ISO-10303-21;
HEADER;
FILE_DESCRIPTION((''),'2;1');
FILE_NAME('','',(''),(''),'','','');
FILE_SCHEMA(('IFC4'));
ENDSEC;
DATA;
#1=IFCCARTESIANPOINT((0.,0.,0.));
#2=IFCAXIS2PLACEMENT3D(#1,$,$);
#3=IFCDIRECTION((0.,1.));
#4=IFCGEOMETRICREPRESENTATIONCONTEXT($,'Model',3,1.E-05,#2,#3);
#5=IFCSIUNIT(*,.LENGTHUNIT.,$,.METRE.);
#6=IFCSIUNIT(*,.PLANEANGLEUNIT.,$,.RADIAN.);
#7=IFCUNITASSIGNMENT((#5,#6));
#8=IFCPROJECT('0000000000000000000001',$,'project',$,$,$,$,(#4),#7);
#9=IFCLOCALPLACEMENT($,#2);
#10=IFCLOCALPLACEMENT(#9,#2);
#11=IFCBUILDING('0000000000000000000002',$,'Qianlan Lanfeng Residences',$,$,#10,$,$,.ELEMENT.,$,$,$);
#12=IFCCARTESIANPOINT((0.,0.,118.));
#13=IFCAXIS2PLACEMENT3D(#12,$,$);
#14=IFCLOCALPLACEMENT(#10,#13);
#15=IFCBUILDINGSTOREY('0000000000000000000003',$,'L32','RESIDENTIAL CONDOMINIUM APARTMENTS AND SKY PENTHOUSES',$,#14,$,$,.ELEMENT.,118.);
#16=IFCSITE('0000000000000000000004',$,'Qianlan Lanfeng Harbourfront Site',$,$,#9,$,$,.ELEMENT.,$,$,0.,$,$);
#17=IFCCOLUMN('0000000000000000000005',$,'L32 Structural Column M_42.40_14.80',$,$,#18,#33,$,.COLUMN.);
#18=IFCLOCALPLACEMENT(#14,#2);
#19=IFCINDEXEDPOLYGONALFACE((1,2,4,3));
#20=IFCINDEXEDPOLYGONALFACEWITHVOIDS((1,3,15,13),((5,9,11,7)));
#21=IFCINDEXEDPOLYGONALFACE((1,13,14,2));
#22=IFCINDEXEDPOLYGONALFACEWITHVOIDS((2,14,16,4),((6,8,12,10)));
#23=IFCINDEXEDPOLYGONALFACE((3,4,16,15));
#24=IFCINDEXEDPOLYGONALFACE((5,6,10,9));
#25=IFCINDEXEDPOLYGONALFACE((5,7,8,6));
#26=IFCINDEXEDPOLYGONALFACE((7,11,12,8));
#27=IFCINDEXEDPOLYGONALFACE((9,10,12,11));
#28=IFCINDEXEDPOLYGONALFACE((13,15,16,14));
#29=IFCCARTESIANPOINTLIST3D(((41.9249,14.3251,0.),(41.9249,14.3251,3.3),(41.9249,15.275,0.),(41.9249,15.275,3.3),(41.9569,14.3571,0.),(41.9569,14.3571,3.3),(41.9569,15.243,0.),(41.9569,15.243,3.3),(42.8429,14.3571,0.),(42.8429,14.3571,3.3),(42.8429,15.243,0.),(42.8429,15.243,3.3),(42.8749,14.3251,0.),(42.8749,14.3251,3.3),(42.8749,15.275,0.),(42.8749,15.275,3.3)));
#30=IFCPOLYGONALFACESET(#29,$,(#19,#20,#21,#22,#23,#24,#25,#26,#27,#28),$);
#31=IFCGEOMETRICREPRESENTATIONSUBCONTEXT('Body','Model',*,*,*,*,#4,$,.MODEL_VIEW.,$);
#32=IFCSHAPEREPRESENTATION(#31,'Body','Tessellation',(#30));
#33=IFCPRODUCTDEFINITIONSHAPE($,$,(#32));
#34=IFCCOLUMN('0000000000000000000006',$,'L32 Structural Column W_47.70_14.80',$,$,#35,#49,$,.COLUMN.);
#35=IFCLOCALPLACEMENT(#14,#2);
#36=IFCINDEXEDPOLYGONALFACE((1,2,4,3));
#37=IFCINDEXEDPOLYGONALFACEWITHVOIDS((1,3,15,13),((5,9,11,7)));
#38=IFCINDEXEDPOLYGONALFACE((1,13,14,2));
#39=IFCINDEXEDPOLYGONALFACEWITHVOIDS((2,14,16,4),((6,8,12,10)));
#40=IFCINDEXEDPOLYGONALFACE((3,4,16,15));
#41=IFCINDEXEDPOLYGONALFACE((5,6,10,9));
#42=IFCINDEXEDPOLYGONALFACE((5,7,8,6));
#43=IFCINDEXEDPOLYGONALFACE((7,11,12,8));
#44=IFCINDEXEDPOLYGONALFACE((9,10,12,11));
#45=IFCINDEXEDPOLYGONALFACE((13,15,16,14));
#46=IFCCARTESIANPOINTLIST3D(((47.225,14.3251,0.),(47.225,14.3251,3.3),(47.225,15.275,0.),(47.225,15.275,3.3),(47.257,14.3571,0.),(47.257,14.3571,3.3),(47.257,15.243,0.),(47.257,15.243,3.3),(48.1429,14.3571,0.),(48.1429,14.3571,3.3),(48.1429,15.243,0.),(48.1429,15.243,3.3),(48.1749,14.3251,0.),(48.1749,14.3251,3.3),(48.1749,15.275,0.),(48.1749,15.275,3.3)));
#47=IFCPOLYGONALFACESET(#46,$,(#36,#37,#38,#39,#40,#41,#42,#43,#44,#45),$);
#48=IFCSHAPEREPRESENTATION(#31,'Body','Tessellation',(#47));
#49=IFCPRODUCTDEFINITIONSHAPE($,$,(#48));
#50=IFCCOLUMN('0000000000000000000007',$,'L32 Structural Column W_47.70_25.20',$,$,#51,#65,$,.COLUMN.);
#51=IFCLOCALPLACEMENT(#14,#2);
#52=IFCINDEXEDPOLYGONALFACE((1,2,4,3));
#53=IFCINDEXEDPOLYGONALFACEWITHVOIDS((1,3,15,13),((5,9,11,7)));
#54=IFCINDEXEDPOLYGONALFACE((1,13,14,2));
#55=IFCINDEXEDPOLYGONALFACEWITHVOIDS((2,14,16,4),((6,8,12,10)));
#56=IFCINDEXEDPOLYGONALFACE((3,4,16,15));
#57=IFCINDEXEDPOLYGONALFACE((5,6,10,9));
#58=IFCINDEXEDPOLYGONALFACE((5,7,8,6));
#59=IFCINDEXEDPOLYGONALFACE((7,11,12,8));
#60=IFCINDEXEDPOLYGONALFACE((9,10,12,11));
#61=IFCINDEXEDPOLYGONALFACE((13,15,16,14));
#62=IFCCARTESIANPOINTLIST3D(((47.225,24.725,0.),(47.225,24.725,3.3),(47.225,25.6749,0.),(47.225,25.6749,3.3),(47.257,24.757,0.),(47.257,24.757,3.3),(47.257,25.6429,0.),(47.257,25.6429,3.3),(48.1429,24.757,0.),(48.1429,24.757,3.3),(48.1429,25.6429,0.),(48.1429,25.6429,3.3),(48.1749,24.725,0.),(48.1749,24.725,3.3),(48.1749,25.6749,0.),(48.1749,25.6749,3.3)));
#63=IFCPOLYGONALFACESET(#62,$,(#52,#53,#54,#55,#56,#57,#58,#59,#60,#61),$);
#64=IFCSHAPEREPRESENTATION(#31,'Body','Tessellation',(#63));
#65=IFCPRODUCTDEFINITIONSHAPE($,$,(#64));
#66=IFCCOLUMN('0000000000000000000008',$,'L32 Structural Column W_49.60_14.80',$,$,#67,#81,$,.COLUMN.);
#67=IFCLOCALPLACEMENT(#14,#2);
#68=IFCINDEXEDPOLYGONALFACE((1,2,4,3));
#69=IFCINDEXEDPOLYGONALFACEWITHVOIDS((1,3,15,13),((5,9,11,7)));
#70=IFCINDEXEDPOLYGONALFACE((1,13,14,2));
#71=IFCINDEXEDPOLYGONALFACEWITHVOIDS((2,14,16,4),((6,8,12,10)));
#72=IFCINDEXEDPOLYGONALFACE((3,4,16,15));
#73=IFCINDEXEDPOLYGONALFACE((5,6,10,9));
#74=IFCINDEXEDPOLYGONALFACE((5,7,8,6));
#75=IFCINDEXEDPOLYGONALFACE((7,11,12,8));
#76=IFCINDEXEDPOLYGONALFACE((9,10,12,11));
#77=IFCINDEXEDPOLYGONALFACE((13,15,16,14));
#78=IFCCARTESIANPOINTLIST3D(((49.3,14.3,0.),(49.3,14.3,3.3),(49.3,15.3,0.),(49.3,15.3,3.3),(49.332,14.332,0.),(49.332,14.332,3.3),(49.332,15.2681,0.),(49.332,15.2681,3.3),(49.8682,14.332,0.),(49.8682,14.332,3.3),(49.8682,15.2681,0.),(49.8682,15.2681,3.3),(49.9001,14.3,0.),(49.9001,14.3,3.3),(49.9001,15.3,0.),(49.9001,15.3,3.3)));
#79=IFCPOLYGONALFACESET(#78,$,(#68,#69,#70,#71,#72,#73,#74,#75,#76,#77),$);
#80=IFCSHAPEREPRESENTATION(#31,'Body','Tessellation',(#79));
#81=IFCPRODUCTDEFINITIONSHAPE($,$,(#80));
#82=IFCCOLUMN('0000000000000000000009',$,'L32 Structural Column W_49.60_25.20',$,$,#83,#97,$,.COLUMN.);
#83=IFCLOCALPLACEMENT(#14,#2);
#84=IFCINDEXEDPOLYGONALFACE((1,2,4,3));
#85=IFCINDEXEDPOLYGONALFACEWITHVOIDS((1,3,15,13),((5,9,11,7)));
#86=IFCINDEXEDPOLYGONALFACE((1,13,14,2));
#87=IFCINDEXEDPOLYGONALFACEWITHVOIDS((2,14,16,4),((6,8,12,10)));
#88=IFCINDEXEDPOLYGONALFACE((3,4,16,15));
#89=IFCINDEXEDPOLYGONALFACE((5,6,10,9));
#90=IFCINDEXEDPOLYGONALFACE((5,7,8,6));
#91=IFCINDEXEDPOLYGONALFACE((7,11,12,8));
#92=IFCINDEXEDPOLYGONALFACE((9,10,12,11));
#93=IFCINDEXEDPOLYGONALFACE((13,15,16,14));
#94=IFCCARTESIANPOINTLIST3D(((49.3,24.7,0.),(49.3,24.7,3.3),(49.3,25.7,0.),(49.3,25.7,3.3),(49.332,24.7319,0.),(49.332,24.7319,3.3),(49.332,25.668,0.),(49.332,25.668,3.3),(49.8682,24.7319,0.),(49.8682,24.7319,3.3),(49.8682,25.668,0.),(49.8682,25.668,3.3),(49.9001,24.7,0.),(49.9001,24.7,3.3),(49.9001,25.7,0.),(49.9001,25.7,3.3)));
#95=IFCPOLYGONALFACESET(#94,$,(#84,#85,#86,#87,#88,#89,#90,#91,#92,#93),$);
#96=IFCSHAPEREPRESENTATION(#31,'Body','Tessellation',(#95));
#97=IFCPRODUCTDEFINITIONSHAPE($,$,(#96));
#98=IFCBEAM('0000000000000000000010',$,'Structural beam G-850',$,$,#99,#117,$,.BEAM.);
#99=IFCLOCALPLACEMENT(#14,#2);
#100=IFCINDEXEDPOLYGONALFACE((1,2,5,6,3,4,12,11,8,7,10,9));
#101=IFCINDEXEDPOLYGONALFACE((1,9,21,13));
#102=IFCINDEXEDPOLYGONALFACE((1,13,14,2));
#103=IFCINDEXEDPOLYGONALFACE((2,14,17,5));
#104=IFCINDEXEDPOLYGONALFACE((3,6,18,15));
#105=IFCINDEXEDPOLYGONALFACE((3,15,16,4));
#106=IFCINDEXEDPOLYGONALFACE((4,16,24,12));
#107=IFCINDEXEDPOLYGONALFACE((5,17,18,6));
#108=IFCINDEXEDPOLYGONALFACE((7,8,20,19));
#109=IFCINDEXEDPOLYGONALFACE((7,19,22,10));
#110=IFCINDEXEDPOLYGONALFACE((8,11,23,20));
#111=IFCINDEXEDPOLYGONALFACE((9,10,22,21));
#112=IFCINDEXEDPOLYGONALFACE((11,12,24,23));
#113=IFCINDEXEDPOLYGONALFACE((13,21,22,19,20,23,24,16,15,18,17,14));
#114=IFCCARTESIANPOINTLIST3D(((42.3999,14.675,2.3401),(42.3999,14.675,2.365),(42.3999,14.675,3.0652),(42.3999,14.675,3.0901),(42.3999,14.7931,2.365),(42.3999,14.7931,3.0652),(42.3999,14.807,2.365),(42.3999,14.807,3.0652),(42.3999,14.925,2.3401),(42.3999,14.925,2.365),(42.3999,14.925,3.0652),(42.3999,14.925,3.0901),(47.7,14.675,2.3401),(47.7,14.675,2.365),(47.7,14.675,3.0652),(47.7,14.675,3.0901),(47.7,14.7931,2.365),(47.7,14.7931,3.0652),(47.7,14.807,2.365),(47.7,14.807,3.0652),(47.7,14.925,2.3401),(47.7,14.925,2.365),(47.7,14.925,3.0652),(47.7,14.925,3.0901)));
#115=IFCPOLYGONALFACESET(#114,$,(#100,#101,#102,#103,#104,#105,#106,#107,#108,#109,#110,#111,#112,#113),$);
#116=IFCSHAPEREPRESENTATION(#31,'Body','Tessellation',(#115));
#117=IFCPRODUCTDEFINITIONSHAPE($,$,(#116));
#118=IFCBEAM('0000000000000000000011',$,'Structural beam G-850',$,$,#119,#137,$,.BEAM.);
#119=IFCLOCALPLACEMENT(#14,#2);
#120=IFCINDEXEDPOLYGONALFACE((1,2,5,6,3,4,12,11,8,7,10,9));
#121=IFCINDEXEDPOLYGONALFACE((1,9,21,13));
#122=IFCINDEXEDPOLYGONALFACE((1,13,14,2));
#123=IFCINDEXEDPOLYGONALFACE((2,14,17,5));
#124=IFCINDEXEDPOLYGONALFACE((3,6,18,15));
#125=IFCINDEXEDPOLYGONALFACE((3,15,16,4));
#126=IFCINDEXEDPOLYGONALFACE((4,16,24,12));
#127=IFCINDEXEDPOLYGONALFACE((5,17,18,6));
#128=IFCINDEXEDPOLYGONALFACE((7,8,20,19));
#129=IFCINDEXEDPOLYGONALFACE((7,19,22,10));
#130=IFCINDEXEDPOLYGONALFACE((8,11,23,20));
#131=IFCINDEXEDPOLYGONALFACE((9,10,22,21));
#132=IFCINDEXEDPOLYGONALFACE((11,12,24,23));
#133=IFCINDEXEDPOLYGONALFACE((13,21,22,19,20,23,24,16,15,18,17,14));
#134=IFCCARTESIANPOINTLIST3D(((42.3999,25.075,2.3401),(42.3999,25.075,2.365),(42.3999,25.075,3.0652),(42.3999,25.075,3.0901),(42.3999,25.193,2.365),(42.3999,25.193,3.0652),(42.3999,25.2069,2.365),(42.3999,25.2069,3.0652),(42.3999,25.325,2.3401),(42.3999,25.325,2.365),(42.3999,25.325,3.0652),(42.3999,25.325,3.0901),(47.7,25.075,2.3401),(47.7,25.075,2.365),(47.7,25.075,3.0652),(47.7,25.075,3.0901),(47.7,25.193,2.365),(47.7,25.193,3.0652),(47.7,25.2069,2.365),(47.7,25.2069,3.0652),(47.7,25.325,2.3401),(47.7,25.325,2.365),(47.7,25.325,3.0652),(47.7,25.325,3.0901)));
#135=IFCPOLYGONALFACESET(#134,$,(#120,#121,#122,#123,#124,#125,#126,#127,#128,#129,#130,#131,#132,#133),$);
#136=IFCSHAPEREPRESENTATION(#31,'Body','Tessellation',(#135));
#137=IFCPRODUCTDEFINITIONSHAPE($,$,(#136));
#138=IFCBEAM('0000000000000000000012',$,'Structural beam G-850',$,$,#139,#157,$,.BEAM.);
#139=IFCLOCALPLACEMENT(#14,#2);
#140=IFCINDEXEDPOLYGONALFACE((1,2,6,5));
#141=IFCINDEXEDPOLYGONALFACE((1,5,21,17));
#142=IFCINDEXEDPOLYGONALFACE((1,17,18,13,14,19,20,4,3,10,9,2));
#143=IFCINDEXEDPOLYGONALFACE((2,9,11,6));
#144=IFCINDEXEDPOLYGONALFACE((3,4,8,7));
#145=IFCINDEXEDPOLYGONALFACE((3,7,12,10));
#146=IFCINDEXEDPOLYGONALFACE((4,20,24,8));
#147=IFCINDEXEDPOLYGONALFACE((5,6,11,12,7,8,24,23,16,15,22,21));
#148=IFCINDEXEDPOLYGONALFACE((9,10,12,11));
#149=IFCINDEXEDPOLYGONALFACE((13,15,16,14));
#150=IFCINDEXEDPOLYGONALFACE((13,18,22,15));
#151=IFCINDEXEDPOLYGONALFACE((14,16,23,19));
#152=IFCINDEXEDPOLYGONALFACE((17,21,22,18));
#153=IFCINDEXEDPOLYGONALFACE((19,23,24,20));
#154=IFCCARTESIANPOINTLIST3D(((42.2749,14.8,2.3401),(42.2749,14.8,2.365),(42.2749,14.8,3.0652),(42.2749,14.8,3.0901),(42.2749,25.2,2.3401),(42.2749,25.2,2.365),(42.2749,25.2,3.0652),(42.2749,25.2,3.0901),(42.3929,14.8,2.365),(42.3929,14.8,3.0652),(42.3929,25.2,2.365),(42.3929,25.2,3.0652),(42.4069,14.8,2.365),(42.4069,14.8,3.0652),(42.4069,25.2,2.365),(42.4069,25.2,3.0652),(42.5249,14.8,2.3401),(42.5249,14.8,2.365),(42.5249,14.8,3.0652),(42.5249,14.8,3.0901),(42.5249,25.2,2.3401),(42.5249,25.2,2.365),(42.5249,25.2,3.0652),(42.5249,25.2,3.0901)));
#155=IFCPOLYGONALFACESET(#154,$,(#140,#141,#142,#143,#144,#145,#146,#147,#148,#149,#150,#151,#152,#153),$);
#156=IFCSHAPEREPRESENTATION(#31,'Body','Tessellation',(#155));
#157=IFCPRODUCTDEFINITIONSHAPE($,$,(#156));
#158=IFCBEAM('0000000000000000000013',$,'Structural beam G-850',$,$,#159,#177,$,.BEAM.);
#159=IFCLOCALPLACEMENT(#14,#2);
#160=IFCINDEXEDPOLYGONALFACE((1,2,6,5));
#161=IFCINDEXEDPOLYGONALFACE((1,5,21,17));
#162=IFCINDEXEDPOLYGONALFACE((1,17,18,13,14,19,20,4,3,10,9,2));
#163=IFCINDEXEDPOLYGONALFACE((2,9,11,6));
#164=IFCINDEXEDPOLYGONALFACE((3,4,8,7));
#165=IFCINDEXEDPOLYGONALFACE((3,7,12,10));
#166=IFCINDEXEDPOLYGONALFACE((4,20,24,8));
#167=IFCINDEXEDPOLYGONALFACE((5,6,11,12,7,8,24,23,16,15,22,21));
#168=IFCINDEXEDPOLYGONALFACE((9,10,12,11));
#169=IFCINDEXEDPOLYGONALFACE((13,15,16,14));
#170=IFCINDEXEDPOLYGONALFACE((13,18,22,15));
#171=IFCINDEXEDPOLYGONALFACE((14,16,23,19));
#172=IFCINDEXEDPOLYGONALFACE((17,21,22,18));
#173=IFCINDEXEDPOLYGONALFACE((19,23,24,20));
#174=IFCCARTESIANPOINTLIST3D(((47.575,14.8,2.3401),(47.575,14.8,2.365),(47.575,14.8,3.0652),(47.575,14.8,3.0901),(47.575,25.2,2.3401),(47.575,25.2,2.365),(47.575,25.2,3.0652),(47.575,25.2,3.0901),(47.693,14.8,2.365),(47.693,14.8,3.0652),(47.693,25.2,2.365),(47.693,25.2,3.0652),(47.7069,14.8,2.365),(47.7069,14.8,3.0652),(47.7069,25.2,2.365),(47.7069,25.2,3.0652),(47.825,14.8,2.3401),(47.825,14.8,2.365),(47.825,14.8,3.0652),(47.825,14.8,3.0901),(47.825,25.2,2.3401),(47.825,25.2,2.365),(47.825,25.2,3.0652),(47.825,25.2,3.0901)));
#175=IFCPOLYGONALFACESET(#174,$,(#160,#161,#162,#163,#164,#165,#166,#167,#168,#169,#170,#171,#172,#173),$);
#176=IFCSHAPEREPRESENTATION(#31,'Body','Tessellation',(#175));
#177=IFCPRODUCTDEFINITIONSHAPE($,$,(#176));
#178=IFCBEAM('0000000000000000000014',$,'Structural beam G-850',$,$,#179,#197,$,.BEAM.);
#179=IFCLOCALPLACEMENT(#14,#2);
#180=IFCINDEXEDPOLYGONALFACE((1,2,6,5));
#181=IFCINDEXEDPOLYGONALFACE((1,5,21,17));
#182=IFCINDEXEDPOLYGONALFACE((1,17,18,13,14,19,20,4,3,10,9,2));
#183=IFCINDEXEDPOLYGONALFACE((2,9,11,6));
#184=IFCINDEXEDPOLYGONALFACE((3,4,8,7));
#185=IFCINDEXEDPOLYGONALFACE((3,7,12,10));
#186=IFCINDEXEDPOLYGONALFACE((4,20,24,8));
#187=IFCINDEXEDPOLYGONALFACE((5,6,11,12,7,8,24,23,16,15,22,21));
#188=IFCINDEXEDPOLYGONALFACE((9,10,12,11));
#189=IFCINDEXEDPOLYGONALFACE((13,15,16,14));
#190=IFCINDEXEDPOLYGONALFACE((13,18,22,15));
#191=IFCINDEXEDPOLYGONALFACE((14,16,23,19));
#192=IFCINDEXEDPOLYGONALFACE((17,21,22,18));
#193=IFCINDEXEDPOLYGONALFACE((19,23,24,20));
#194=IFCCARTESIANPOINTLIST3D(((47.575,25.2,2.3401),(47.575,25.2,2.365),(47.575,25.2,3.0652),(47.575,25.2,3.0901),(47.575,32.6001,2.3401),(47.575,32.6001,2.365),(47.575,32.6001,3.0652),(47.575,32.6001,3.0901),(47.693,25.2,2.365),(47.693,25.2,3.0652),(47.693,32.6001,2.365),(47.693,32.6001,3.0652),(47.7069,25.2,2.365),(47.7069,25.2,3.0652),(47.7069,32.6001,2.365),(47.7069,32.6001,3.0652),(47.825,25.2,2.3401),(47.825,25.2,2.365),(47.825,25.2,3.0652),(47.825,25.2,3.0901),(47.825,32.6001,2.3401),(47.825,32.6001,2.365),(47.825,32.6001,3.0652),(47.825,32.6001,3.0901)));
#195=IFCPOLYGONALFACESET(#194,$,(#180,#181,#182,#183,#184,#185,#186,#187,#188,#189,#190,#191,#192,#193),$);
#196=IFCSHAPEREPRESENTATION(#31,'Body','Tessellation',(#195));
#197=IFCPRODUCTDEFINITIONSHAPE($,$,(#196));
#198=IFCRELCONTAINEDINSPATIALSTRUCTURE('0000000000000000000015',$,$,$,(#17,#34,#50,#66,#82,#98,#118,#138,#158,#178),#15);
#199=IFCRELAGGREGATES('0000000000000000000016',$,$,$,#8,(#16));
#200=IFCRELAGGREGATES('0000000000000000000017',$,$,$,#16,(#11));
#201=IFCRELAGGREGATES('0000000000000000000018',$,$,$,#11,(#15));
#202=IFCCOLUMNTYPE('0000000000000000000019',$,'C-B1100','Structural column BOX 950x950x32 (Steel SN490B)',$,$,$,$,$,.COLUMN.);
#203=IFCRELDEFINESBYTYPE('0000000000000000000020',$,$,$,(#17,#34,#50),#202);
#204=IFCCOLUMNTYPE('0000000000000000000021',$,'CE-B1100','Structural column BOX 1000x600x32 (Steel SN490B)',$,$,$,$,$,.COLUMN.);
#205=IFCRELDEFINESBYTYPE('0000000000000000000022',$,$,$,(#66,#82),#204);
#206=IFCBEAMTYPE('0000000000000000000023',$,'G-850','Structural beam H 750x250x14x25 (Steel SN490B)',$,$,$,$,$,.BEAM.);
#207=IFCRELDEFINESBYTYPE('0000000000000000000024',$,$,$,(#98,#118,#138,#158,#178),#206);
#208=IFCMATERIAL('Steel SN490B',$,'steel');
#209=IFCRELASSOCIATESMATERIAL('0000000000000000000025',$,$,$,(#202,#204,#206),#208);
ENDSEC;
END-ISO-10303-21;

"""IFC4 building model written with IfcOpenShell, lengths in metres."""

from ifc_helpers import new_model, si_unit, direction, frame, origin, origin_2d, place, context, subcontext, project, spatial, hollow_rectangle, i_section, extrude, material, material_profile, profile_set, type_object, element, save


model = new_model("IFC4")

# Units and contexts
model_context = context("Model", 3, precision=1e-05, world=origin(), true_north=direction((0.0, 1.0)))
body_context = subcontext(model_context, "Body", "Model", "MODEL_VIEW")
ifc_project = project(units=[si_unit("LENGTHUNIT", "METRE"), si_unit("PLANEANGLEUNIT", "RADIAN")], contexts=[model_context])

# Site, building, storey
site_placement = place(None, origin())
site = spatial("IfcSite", under=ifc_project, at=site_placement, Name="Qianlan Lanfeng Harbourfront Site", CompositionType="ELEMENT", RefElevation=0.0)
building_placement = place(site_placement, origin())
building = spatial("IfcBuilding", under=site, at=building_placement, Name="Qianlan Lanfeng Residences", CompositionType="ELEMENT")
storey_placement = place(building_placement, frame((0.0, 0.0, 118.0)))
storey = spatial("IfcBuildingStorey", under=building, at=storey_placement, Name="L32", Description="RESIDENTIAL CONDOMINIUM APARTMENTS AND SKY PENTHOUSES", CompositionType="ELEMENT", Elevation=118.0)

# Columns
ifc_material_1 = material(Name="Steel SN490B", Category="steel")
ifc_material_profile_1 = material_profile(ifc_material_1, hollow_rectangle(XDim=0.95, YDim=0.95, WallThickness=0.032, at=origin_2d()), Name="BOX 950x950x32")
ifc_profile_set_1 = profile_set([ifc_material_profile_1], Name="Steel SN490B")
column_type_1 = type_object("IfcColumnType", Name="C-B1100", Description="Structural column BOX 950x950x32 (Steel SN490B)", PredefinedType="COLUMN", material=ifc_profile_set_1)
for number, where, z_axis, x_axis, name in (
    (1, (42.3999, 14.8, 0.0), (0.0, 0.0, 1.0), (1.0, 0.0, 0.0), "L32 Structural Column M_42.40_14.80"),
    (2, (47.7, 14.8, 0.0), (0.0, 0.0, 1.0), (1.0, 0.0, 0.0), "L32 Structural Column W_47.70_14.80"),
    (3, (47.7, 25.2, 0.0), (0.0, 0.0, 1.0), (1.0, 0.0, 0.0), "L32 Structural Column W_47.70_25.20"),
):
    element("IfcColumn", number, at=place(storey_placement, frame(where, z_axis=z_axis, x_axis=x_axis)), inside=storey, type_object=column_type_1, Name=name, PredefinedType="COLUMN", context=body_context, shape_type="SweptSolid", body=[
        extrude(hollow_rectangle(XDim=0.95, YDim=0.95, WallThickness=0.032, at=origin_2d()), origin(), (0.0, 0.0, 1.0), 3.3),
    ])
ifc_material_profile_2 = material_profile(ifc_material_1, hollow_rectangle(XDim=0.6001, YDim=1.0, WallThickness=0.032, at=origin_2d()), Name="BOX 1000x600x32")
ifc_profile_set_2 = profile_set([ifc_material_profile_2], Name="Steel SN490B")
column_type_2 = type_object("IfcColumnType", Name="CE-B1100", Description="Structural column BOX 1000x600x32 (Steel SN490B)", PredefinedType="COLUMN", material=ifc_profile_set_2)
for number, where, z_axis, x_axis, name in (
    (4, (49.6001, 14.8, 0.0), (0.0, 0.0, 1.0), (1.0, 0.0, 0.0), "L32 Structural Column W_49.60_14.80"),
    (5, (49.6001, 25.2, 0.0), (0.0, 0.0, 1.0), (1.0, 0.0, 0.0), "L32 Structural Column W_49.60_25.20"),
):
    element("IfcColumn", number, at=place(storey_placement, frame(where, z_axis=z_axis, x_axis=x_axis)), inside=storey, type_object=column_type_2, Name=name, PredefinedType="COLUMN", context=body_context, shape_type="SweptSolid", body=[
        extrude(hollow_rectangle(XDim=0.6001, YDim=1.0, WallThickness=0.032, at=origin_2d()), origin(), (0.0, 0.0, 1.0), 3.3),
    ])

# Beams
ifc_material_profile_3 = material_profile(ifc_material_1, i_section(OverallWidth=0.25, OverallDepth=0.75, WebThickness=0.0139, FlangeThickness=0.0249, at=origin_2d()), Name="H 750x250x14x25")
ifc_profile_set_3 = profile_set([ifc_material_profile_3], Name="Steel SN490B")
beam_type_1 = type_object("IfcBeamType", Name="G-850", Description="Structural beam H 750x250x14x25 (Steel SN490B)", PredefinedType="BEAM", material=ifc_profile_set_3)
for number, where, z_axis, x_axis, name in (
    (6, (42.3999, 14.8, 2.7151), (1.0, 0.0, 0.0), (0.0, 1.0, 0.0), "Structural beam G-850"),
    (7, (42.3999, 25.2, 2.7151), (1.0, 0.0, 0.0), (0.0, 1.0, 0.0), "Structural beam G-850"),
):
    element("IfcBeam", number, at=place(storey_placement, frame(where, z_axis=z_axis, x_axis=x_axis)), inside=storey, type_object=beam_type_1, Name=name, PredefinedType="BEAM", context=body_context, shape_type="SweptSolid", body=[
        extrude(i_section(OverallWidth=0.25, OverallDepth=0.75, WebThickness=0.0139, FlangeThickness=0.0249, at=origin_2d()), origin(), (0.0, 0.0, 1.0), 5.3),
    ])
for number, where, z_axis, x_axis, name in (
    (8, (42.3999, 14.8, 2.7151), (0.0, 1.0, 0.0), (-1.0, 0.0, 0.0), "Structural beam G-850"),
    (9, (47.7, 14.8, 2.7151), (0.0, 1.0, 0.0), (-1.0, 0.0, 0.0), "Structural beam G-850"),
):
    element("IfcBeam", number, at=place(storey_placement, frame(where, z_axis=z_axis, x_axis=x_axis)), inside=storey, type_object=beam_type_1, Name=name, PredefinedType="BEAM", context=body_context, shape_type="SweptSolid", body=[
        extrude(i_section(OverallWidth=0.25, OverallDepth=0.75, WebThickness=0.0139, FlangeThickness=0.0249, at=origin_2d()), origin(), (0.0, 0.0, 1.0), 10.3999),
    ])
beam_1_placement = place(storey_placement, frame((47.7, 25.2, 2.7151), z_axis=(0.0, 1.0, 0.0), x_axis=(-1.0, 0.0, 0.0)))
element("IfcBeam", 10, at=beam_1_placement, inside=storey, type_object=beam_type_1, Name="Structural beam G-850", PredefinedType="BEAM", context=body_context, shape_type="SweptSolid", body=[
    extrude(i_section(OverallWidth=0.25, OverallDepth=0.75, WebThickness=0.0139, FlangeThickness=0.0249, at=origin_2d()), origin(), (0.0, 0.0, 1.0), 7.4001),
])

save(model, "model.ifc")
